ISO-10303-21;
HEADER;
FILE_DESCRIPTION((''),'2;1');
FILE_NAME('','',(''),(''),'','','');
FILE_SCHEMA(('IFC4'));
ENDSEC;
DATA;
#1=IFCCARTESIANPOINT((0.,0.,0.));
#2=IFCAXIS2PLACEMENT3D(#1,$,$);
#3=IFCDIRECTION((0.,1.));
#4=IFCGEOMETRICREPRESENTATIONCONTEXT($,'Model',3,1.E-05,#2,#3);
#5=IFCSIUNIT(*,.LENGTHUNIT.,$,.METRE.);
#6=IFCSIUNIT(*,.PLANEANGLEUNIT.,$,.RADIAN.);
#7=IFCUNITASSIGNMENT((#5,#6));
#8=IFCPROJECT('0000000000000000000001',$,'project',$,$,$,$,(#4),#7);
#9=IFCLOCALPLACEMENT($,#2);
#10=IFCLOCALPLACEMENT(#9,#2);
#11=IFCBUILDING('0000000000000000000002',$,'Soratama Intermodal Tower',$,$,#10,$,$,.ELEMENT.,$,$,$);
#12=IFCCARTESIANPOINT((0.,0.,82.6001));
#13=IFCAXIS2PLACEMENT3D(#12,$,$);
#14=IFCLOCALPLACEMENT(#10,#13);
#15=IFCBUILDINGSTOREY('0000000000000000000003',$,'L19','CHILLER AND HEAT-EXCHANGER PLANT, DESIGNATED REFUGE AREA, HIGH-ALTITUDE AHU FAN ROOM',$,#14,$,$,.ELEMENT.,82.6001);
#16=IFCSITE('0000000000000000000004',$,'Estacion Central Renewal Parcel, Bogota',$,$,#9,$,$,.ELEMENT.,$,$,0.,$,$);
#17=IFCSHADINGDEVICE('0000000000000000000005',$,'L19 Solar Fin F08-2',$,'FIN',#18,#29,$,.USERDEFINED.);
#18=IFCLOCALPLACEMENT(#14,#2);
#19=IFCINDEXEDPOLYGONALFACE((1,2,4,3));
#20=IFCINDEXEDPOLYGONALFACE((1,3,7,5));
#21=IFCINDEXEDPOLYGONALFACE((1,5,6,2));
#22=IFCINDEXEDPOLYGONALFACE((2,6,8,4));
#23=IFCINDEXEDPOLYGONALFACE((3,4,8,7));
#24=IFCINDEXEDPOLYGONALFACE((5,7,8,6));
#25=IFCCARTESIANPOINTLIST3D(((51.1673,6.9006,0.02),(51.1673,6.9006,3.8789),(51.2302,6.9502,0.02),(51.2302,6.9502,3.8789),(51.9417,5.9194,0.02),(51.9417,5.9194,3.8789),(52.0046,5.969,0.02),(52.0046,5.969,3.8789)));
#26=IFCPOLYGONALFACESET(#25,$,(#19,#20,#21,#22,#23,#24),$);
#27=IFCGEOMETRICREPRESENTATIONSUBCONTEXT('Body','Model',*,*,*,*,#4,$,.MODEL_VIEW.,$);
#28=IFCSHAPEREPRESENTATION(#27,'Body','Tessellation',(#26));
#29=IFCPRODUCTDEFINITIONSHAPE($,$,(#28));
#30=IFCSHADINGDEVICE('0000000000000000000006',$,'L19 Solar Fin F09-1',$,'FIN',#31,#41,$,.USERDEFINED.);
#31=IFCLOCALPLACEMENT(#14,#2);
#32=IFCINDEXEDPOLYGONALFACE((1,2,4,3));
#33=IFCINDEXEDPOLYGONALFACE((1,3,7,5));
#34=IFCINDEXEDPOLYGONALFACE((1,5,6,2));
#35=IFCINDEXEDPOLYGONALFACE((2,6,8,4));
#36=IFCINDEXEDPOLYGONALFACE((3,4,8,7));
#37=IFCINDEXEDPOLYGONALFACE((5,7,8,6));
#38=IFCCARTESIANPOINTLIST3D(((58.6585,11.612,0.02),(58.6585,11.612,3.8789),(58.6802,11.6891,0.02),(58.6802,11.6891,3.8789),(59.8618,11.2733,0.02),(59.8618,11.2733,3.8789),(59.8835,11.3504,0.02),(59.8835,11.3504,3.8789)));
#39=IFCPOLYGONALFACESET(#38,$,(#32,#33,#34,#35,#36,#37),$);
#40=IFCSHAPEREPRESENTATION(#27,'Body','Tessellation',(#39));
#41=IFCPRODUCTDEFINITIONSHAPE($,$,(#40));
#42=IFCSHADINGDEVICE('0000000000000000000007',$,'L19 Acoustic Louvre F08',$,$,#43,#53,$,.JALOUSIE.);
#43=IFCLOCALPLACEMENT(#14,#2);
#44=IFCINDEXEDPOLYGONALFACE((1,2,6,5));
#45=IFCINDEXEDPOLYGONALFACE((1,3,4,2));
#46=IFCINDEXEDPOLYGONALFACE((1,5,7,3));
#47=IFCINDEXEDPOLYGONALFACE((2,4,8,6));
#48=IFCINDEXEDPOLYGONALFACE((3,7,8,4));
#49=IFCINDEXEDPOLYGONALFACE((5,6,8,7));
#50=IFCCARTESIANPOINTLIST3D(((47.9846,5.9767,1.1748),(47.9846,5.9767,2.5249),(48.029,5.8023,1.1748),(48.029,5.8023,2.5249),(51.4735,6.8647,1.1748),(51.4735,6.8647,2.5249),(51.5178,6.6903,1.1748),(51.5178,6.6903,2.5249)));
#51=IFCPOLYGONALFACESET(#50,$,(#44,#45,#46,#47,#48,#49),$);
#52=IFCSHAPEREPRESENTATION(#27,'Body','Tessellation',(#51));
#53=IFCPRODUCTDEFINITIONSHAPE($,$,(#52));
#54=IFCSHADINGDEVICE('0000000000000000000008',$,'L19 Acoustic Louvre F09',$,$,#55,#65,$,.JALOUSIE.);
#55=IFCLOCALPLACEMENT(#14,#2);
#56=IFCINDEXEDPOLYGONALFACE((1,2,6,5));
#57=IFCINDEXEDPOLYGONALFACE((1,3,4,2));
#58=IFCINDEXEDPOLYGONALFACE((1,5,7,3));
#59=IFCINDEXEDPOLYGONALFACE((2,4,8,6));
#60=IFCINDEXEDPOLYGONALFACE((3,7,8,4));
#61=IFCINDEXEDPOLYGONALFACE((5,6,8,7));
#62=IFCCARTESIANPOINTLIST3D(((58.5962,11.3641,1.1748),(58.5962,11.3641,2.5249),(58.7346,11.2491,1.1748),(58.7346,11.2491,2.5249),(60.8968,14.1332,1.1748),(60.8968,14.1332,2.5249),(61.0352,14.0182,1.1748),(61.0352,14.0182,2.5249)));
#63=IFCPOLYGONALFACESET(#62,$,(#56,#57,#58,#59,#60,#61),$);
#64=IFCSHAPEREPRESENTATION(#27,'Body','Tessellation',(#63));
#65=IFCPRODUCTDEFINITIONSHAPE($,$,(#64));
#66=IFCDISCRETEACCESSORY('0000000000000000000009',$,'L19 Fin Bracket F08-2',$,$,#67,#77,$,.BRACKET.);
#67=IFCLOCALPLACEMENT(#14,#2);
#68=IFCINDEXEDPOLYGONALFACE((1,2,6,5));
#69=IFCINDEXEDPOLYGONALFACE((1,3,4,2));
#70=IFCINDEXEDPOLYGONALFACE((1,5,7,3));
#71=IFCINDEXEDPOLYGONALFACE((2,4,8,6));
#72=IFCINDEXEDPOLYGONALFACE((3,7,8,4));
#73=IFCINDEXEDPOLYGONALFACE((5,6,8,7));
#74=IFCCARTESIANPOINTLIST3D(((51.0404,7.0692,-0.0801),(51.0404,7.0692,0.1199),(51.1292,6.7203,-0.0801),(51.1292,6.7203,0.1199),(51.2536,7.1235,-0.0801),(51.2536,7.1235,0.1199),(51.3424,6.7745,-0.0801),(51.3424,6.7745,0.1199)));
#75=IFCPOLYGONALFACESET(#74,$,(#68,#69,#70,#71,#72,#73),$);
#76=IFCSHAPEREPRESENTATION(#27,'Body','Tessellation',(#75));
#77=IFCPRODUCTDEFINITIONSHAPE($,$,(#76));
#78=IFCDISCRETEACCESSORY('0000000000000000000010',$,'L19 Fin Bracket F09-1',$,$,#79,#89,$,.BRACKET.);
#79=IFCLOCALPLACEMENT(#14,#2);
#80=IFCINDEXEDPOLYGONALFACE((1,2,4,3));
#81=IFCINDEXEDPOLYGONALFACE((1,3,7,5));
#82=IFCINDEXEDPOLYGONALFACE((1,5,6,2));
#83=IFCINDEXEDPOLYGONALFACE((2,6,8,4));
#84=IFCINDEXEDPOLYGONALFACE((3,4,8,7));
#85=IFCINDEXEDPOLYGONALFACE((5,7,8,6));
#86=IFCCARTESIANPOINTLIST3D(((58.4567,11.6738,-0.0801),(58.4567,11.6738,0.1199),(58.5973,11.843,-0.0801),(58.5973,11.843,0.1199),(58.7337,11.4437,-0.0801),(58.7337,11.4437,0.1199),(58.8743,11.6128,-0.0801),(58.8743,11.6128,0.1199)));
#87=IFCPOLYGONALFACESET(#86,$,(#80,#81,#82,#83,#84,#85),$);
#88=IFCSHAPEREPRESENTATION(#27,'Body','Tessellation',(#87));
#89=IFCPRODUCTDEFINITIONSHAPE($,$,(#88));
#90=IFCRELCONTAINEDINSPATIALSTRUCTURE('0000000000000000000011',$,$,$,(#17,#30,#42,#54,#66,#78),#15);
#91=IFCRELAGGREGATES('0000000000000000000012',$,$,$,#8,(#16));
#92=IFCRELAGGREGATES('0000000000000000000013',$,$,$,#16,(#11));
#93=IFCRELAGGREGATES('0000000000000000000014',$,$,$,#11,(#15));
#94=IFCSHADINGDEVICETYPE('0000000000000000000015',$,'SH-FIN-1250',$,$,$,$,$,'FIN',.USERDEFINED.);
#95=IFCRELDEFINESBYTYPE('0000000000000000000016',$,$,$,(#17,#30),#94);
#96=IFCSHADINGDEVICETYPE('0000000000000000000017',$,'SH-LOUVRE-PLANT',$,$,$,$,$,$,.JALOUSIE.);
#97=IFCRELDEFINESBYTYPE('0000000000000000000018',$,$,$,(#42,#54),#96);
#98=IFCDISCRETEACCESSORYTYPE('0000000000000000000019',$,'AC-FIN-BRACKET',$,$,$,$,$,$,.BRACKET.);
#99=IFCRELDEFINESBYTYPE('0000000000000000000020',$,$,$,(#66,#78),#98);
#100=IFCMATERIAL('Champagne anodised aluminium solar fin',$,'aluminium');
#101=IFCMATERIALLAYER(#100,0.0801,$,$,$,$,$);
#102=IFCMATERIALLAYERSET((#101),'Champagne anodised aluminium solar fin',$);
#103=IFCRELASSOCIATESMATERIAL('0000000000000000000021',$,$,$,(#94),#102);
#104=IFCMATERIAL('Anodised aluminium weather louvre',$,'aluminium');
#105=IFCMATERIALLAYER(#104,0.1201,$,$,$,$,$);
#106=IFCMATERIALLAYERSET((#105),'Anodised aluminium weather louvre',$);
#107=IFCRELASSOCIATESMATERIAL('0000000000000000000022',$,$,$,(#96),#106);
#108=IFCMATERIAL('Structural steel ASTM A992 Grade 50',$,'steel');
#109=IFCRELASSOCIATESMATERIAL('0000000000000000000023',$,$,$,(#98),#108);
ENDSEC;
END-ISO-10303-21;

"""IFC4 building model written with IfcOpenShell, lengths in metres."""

from ifc_helpers import new_model, si_unit, direction, frame, origin, origin_2d, place, context, subcontext, project, spatial, rectangle, extrude, material, layer, layer_set, type_object, element, save


model = new_model("IFC4")

# Units and contexts
model_context = context("Model", 3, precision=1e-05, world=origin(), true_north=direction((0.0, 1.0)))
body_context = subcontext(model_context, "Body", "Model", "MODEL_VIEW")
ifc_project = project(units=[si_unit("LENGTHUNIT", "METRE"), si_unit("PLANEANGLEUNIT", "RADIAN")], contexts=[model_context])

# Site, building, storey
site_placement = place(None, origin())
site = spatial("IfcSite", under=ifc_project, at=site_placement, Name="Estacion Central Renewal Parcel, Bogota", CompositionType="ELEMENT", RefElevation=0.0)
building_placement = place(site_placement, origin())
building = spatial("IfcBuilding", under=site, at=building_placement, Name="Soratama Intermodal Tower", CompositionType="ELEMENT")
storey_placement = place(building_placement, frame((0.0, 0.0, 82.6001)))
storey = spatial("IfcBuildingStorey", under=building, at=storey_placement, Name="L19", Description="CHILLER AND HEAT-EXCHANGER PLANT, DESIGNATED REFUGE AREA, HIGH-ALTITUDE AHU FAN ROOM", CompositionType="ELEMENT", Elevation=82.6001)

# Shading devices
ifc_material_1 = material(Name="Champagne anodised aluminium solar fin", Category="aluminium")
ifc_layer_1 = layer(ifc_material_1, 0.0801)
ifc_layer_set_1 = layer_set([ifc_layer_1], Name="Champagne anodised aluminium solar fin")
shading_device_type_1 = type_object("IfcShadingDeviceType", Name="SH-FIN-1250", ElementType="FIN", PredefinedType="USERDEFINED", material=ifc_layer_set_1)
for number, where, z_axis, x_axis, name in (
    (1, (51.5859, 6.4348, 0.02), (0.0, 0.0, 1.0), (0.619505, -0.784993, 0.0), "L19 Solar Fin F08-2"),
    (2, (59.271, 11.4812, 0.02), (0.0, 0.0, 1.0), (0.962597, -0.270936, 0.0), "L19 Solar Fin F09-1"),
):
    element("IfcShadingDevice", number, at=place(storey_placement, frame(where, z_axis=z_axis, x_axis=x_axis)), inside=storey, type_object=shading_device_type_1, Name=name, ObjectType="FIN", PredefinedType="USERDEFINED", context=body_context, shape_type="SweptSolid", body=[
        extrude(rectangle(XDim=1.25, YDim=0.0801, at=origin_2d()), origin(), (0.0, 0.0, 1.0), 3.8589),
    ])
ifc_material_2 = material(Name="Anodised aluminium weather louvre", Category="aluminium")
ifc_layer_2 = layer(ifc_material_2, 0.1201)
ifc_layer_set_2 = layer_set([ifc_layer_2], Name="Anodised aluminium weather louvre")
shading_device_type_2 = type_object("IfcShadingDeviceType", Name="SH-LOUVRE-PLANT", PredefinedType="JALOUSIE", material=ifc_layer_set_2)
for number, where, z_axis, x_axis, name in (
    (3, (49.7512, 6.3335, 1.1748), (0.0, 0.0, 1.0), (0.969102, 0.246661, 0.0), "L19 Acoustic Louvre F08"),
    (4, (59.8157, 12.6912, 1.1748), (0.0, 0.0, 1.0), (0.639036, 0.769177, 0.0), "L19 Acoustic Louvre F09"),
):
    element("IfcShadingDevice", number, at=place(storey_placement, frame(where, z_axis=z_axis, x_axis=x_axis)), inside=storey, type_object=shading_device_type_2, Name=name, PredefinedType="JALOUSIE", context=body_context, shape_type="SweptSolid", body=[
        extrude(rectangle(XDim=3.6001, YDim=0.1799, at=origin_2d()), origin(), (0.0, 0.0, 1.0), 1.3501),
    ])

# Discrete accessories
ifc_material_3 = material(Name="Structural steel ASTM A992 Grade 50", Category="steel")
discrete_accessory_type = type_object("IfcDiscreteAccessoryType", Name="AC-FIN-BRACKET", PredefinedType="BRACKET", material=ifc_material_3)
for number, where, z_axis, x_axis, name in (
    (5, (51.1914, 6.9219, -0.0801), (0.0, 0.0, 1.0), (0.246661, -0.969102, 0.0), "L19 Fin Bracket F08-2"),
    (6, (58.6655, 11.6433, -0.0801), (0.0, 0.0, 1.0), (0.769177, -0.639036, 0.0), "L19 Fin Bracket F09-1"),
):
    element("IfcDiscreteAccessory", number, at=place(storey_placement, frame(where, z_axis=z_axis, x_axis=x_axis)), inside=storey, type_object=discrete_accessory_type, Name=name, PredefinedType="BRACKET", context=body_context, shape_type="SweptSolid", body=[
        extrude(rectangle(XDim=0.3601, YDim=0.22, at=origin_2d()), origin(), (0.0, 0.0, 1.0), 0.2),
    ])

save(model, "model.ifc")
